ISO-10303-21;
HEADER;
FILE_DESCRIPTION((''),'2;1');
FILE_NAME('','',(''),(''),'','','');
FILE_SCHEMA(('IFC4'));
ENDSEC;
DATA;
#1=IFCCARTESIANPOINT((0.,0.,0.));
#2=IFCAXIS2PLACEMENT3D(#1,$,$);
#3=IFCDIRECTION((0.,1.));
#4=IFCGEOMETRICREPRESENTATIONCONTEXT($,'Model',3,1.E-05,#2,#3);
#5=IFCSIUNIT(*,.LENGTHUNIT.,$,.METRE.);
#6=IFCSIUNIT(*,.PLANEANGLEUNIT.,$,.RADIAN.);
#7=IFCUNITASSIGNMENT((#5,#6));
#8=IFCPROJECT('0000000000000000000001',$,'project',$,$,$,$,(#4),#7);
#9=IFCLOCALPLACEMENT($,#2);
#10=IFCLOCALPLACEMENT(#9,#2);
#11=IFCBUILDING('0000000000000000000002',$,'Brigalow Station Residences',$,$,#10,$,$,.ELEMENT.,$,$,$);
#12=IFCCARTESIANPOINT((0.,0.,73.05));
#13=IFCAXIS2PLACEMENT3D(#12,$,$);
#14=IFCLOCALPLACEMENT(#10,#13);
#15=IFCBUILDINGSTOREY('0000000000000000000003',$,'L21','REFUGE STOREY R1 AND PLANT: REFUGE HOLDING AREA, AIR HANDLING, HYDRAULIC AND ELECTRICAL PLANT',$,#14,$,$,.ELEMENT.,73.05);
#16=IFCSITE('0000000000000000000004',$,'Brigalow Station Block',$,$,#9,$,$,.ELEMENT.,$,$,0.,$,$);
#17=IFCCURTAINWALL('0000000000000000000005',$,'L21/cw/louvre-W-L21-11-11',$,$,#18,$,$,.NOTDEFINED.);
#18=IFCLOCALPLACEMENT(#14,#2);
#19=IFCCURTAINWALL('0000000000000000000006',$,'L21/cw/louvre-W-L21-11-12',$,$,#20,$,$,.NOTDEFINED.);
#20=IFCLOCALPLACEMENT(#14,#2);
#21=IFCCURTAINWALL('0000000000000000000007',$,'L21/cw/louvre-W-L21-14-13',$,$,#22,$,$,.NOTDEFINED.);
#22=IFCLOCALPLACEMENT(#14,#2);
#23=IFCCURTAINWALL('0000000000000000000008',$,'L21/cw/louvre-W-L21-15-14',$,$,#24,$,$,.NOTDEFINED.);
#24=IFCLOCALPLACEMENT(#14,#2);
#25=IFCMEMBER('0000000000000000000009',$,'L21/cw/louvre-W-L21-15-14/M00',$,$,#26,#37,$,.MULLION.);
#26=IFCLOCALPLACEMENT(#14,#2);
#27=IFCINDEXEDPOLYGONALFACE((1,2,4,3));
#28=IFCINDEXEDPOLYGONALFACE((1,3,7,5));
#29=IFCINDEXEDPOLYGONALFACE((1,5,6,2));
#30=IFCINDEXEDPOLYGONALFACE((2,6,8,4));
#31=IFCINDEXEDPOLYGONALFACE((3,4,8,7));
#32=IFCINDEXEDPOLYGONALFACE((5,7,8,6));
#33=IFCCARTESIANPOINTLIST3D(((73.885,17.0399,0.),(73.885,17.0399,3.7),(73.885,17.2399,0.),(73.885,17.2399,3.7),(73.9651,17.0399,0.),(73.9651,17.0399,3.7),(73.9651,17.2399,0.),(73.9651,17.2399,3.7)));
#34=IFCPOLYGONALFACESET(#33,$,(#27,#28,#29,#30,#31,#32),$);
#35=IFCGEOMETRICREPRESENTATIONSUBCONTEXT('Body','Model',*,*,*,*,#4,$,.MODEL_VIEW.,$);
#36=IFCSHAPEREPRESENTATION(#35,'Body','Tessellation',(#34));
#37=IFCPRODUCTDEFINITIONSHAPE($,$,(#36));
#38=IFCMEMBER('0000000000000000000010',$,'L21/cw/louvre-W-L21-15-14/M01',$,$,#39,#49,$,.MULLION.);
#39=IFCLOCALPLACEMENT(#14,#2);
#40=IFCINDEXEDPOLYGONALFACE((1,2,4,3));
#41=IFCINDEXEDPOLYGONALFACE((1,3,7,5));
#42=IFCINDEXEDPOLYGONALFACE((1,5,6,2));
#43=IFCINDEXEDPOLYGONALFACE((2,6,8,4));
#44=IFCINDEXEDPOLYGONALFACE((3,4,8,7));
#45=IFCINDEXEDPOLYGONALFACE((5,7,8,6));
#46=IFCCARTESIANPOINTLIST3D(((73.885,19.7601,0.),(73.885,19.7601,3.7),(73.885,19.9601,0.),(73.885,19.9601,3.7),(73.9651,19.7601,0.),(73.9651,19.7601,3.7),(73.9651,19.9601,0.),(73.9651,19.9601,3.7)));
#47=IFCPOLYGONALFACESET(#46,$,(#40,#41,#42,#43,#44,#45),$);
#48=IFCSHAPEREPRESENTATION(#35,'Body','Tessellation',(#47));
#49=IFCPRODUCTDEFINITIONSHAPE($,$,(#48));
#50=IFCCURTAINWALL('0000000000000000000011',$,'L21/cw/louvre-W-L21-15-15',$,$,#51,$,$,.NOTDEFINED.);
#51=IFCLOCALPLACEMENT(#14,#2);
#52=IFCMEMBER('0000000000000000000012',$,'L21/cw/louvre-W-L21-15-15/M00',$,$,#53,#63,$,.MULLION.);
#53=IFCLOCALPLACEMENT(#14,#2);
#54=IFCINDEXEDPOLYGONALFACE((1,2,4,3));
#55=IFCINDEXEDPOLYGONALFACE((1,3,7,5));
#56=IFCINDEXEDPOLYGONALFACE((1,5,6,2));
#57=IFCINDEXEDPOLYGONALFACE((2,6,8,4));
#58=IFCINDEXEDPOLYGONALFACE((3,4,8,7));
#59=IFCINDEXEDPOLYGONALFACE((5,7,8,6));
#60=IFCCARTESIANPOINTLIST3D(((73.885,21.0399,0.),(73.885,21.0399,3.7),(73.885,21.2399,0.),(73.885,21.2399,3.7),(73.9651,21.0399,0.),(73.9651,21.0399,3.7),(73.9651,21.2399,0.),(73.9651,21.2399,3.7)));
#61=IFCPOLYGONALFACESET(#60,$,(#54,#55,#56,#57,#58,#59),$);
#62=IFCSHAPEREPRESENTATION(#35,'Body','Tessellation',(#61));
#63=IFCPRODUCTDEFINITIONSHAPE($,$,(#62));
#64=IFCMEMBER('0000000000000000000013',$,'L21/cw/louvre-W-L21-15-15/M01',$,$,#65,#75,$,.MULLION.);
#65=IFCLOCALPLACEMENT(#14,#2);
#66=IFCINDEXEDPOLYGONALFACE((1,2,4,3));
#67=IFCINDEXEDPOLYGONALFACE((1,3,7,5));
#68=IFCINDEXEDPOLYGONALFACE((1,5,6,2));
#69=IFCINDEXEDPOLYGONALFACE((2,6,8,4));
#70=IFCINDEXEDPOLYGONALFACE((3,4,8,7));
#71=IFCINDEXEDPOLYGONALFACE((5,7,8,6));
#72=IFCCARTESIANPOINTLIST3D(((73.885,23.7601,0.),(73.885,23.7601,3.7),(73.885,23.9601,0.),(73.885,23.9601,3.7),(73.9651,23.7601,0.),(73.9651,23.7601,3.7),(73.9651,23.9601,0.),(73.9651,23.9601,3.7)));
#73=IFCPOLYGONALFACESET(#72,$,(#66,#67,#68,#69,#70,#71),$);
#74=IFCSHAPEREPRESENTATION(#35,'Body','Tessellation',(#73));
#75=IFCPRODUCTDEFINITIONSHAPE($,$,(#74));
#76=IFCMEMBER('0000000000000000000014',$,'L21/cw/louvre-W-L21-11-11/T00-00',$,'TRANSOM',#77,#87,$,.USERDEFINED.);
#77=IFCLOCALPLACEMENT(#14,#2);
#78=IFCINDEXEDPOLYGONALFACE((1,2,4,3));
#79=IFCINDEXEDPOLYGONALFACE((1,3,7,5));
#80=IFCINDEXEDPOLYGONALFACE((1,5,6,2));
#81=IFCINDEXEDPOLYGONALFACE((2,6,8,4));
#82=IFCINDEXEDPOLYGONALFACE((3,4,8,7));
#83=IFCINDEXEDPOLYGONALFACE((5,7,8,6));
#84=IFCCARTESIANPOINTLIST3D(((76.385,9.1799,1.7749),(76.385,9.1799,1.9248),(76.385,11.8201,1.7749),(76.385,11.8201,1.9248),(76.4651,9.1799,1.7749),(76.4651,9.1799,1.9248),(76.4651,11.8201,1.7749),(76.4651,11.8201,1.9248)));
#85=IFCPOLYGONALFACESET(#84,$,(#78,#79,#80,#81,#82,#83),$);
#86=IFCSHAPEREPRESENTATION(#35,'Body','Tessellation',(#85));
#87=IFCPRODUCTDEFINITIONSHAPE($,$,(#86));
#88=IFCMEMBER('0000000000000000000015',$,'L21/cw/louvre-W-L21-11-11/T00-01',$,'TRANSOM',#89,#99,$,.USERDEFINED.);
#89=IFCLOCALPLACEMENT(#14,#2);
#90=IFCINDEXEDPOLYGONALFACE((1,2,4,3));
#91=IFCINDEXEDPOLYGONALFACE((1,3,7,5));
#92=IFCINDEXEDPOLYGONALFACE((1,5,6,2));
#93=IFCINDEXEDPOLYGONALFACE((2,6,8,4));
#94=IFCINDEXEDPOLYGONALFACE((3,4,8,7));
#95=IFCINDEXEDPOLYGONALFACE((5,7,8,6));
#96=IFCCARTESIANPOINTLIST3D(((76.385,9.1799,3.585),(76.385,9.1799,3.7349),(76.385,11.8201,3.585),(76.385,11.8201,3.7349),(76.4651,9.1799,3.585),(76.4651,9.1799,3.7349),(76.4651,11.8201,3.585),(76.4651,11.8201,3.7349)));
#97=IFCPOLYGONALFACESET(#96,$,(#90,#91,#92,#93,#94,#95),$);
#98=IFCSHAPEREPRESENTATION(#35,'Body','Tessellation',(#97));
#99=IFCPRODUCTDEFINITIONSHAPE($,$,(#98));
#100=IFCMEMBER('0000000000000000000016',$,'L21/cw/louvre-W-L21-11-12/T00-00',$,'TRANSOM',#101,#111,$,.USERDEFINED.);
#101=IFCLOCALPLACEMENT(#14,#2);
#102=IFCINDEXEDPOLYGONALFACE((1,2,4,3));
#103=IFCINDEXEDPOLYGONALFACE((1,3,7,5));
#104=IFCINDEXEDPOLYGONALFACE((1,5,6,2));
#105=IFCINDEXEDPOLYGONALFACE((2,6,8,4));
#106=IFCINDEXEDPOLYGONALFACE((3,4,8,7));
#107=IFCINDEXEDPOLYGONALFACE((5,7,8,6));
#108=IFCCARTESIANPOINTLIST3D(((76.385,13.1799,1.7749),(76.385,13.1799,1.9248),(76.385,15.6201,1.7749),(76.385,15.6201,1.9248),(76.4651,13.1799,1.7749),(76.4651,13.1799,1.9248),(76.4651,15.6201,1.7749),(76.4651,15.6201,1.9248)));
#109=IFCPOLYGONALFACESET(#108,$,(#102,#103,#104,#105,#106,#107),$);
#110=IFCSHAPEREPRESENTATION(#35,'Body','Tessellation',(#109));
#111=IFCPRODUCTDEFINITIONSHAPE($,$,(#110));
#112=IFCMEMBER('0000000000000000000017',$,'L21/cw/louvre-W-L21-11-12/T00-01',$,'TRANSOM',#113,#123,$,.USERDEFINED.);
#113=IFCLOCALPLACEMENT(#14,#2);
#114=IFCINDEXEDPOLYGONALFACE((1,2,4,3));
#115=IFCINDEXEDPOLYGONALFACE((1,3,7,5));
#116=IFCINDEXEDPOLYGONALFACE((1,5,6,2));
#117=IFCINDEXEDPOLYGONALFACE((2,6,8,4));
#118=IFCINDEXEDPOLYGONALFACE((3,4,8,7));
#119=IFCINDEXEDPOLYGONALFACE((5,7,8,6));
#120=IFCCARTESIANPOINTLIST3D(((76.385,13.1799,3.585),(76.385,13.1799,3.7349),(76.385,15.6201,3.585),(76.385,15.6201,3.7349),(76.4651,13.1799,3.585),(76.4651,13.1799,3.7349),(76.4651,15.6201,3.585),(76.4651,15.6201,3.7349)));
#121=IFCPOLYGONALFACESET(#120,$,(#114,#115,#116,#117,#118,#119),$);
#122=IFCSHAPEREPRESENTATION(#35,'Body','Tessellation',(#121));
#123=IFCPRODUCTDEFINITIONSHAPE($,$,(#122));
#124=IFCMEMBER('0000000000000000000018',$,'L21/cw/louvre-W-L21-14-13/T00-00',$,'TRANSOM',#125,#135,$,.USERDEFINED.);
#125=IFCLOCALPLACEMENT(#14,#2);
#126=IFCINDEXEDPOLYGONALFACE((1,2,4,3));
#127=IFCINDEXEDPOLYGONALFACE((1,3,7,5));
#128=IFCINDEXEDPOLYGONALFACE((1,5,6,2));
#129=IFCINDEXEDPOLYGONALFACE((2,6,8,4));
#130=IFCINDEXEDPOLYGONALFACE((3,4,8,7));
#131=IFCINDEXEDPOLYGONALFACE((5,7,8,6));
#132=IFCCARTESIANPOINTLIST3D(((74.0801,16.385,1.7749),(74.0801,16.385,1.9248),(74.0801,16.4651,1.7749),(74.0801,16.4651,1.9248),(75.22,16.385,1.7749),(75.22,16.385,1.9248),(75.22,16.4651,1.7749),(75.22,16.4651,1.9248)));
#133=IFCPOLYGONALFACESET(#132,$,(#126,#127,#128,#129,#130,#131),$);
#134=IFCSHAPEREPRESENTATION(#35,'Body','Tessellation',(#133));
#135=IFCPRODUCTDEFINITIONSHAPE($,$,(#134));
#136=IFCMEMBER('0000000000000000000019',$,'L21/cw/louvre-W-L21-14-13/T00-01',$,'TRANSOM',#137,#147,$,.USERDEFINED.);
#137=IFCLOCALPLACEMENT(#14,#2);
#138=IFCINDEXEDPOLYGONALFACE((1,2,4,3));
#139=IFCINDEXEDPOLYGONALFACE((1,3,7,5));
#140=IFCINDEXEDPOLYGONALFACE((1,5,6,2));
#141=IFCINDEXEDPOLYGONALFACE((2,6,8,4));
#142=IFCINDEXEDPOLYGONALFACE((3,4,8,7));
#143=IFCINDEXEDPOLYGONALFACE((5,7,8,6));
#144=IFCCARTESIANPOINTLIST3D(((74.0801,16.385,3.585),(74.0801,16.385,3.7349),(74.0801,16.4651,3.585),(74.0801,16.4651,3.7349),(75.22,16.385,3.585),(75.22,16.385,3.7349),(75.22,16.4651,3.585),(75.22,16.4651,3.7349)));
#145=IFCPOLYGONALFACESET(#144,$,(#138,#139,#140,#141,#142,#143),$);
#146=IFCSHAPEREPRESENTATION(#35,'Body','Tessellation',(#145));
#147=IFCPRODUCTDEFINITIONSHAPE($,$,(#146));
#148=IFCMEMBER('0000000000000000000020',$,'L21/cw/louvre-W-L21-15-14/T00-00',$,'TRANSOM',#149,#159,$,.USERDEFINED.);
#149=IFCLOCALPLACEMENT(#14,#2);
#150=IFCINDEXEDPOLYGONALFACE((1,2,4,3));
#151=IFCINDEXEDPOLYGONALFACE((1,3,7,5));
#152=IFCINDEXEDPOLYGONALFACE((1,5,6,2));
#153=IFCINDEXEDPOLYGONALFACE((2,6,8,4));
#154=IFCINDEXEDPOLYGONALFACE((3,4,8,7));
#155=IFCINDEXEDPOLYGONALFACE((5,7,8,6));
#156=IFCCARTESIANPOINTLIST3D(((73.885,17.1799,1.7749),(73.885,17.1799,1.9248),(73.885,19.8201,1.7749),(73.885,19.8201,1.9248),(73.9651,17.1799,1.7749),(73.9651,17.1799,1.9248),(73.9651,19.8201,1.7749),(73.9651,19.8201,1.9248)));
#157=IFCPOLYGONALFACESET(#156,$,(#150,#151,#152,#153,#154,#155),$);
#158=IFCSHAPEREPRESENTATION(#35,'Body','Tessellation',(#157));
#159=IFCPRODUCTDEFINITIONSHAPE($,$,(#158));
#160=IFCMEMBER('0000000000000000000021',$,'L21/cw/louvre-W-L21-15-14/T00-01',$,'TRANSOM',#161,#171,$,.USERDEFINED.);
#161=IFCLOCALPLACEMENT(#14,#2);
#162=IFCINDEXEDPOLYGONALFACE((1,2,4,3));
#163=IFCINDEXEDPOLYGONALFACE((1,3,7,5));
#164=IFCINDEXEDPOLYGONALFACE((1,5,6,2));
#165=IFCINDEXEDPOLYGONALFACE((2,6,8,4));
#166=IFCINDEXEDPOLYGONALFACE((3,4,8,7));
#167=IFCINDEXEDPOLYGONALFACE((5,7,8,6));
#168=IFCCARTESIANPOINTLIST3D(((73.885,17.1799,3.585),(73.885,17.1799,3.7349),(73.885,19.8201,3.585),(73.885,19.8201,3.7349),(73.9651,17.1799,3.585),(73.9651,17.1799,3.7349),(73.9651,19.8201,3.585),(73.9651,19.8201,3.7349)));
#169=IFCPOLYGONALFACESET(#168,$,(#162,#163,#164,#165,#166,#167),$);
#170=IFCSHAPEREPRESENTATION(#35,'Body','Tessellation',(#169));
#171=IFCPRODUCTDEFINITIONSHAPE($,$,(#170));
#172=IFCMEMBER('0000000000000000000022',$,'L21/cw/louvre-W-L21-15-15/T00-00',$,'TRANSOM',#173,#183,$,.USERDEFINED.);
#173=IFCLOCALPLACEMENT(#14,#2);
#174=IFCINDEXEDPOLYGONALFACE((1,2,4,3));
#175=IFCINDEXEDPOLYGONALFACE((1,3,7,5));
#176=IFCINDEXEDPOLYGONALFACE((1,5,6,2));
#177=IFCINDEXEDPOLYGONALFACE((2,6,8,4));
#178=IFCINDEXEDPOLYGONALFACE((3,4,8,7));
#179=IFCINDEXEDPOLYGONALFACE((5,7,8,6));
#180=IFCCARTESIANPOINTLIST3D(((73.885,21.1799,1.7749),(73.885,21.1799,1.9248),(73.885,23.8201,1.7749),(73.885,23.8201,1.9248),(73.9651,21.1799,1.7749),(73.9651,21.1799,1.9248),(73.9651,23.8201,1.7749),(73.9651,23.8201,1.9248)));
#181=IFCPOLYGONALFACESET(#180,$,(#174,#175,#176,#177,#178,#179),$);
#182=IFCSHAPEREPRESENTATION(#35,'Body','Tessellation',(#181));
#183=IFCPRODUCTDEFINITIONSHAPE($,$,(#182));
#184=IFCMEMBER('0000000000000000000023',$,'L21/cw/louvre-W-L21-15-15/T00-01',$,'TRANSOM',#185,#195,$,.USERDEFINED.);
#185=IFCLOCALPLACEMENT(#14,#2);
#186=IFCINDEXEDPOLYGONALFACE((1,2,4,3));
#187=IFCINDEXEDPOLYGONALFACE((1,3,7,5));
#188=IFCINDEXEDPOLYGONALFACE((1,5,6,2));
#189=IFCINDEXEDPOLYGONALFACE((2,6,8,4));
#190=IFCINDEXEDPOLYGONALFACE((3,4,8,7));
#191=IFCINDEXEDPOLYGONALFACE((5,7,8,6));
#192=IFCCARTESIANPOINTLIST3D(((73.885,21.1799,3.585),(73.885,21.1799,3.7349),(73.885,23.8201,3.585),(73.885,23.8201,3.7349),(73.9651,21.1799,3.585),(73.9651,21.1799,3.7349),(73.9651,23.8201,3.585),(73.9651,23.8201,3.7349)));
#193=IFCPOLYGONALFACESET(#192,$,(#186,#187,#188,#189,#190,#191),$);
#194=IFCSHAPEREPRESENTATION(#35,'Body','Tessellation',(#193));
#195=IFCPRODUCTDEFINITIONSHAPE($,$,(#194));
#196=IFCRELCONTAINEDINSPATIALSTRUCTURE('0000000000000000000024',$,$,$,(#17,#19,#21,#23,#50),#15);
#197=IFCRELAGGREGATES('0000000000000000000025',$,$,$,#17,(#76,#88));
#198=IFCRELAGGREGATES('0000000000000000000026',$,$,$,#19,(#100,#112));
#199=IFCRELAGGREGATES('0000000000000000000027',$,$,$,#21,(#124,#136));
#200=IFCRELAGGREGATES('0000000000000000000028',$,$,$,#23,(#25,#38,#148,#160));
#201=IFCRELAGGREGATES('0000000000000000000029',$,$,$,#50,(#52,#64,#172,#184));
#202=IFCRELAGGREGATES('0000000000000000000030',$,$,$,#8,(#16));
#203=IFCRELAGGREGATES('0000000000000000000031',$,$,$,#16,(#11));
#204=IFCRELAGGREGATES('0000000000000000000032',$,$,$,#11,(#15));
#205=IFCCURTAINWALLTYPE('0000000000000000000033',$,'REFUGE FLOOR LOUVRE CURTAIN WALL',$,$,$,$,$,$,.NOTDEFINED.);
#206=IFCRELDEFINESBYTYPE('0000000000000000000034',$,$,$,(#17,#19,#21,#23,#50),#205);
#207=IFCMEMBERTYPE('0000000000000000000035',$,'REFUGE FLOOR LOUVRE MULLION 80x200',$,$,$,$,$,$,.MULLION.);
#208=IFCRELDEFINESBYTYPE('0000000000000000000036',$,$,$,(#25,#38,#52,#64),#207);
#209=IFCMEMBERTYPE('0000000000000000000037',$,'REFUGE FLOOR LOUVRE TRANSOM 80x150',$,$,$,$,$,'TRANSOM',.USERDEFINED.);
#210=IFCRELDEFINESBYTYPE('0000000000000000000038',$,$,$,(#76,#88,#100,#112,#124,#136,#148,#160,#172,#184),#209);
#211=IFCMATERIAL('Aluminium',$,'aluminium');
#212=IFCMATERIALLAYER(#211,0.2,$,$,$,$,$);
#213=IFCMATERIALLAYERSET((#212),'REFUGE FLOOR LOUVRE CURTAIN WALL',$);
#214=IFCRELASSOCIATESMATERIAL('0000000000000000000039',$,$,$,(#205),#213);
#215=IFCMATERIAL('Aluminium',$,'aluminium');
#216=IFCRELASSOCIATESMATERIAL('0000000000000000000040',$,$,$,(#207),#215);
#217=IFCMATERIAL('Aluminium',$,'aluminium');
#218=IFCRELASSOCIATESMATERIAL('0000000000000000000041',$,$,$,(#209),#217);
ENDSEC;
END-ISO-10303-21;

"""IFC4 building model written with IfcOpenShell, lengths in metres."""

from ifc_helpers import new_model, si_unit, direction, frame, origin, origin_2d, place, context, subcontext, project, spatial, rectangle, extrude, material, layer, layer_set, material_profile, profile_set, type_object, element, aggregate, save


model = new_model("IFC4")

# Units and contexts
model_context = context("Model", 3, precision=1e-05, world=origin(), true_north=direction((0.0, 1.0)))
body_context = subcontext(model_context, "Body", "Model", "MODEL_VIEW")
ifc_project = project(units=[si_unit("LENGTHUNIT", "METRE"), si_unit("PLANEANGLEUNIT", "RADIAN")], contexts=[model_context])

# Site, building, storey
site_placement = place(None, origin())
site = spatial("IfcSite", under=ifc_project, at=site_placement, Name="Brigalow Station Block", CompositionType="ELEMENT", RefElevation=0.0)
building_placement = place(site_placement, origin())
building = spatial("IfcBuilding", under=site, at=building_placement, Name="Brigalow Station Residences", CompositionType="ELEMENT")
storey_placement = place(building_placement, frame((0.0, 0.0, 73.05)))
storey = spatial("IfcBuildingStorey", under=building, at=storey_placement, Name="L21", Description="REFUGE STOREY R1 AND PLANT: REFUGE HOLDING AREA, AIR HANDLING, HYDRAULIC AND ELECTRICAL PLANT", CompositionType="ELEMENT", Elevation=73.05)

# Curtain walls, members
ifc_material_1 = material(Name="Aluminium", Category="aluminium")
ifc_layer_1 = layer(ifc_material_1, 0.2)
ifc_layer_set_1 = layer_set([ifc_layer_1], Name="REFUGE FLOOR LOUVRE CURTAIN WALL")
curtain_wall_type = type_object("IfcCurtainWallType", Name="REFUGE FLOOR LOUVRE CURTAIN WALL", PredefinedType="NOTDEFINED", material=ifc_layer_set_1)
curtain_wall_1_placement = place(storey_placement, origin())
curtain_wall_1 = element("IfcCurtainWall", 1, at=curtain_wall_1_placement, inside=storey, type_object=curtain_wall_type, Name="L21/cw/louvre-W-L21-11-11", PredefinedType="NOTDEFINED")
ifc_material_2 = material(Name="Aluminium", Category="aluminium")
ifc_material_profile_1 = material_profile(ifc_material_2, rectangle(XDim=0.0801, YDim=0.2, at=origin_2d()), Name="REFUGE FLOOR LOUVRE MULLION 80x200")
ifc_profile_set_1 = profile_set([ifc_material_profile_1], Name="Aluminium")
member_type_1 = type_object("IfcMemberType", Name="REFUGE FLOOR LOUVRE MULLION 80x200", PredefinedType="MULLION", material=ifc_profile_set_1)
curtain_wall_2_placement = place(storey_placement, origin())
curtain_wall_2 = element("IfcCurtainWall", 2, at=curtain_wall_2_placement, inside=storey, type_object=curtain_wall_type, Name="L21/cw/louvre-W-L21-11-12", PredefinedType="NOTDEFINED")
curtain_wall_3_placement = place(storey_placement, origin())
curtain_wall_3 = element("IfcCurtainWall", 3, at=curtain_wall_3_placement, inside=storey, type_object=curtain_wall_type, Name="L21/cw/louvre-W-L21-14-13", PredefinedType="NOTDEFINED")
curtain_wall_4_placement = place(storey_placement, origin())
curtain_wall_4 = element("IfcCurtainWall", 4, at=curtain_wall_4_placement, inside=storey, type_object=curtain_wall_type, Name="L21/cw/louvre-W-L21-15-14", PredefinedType="NOTDEFINED")
member_1_placement = place(storey_placement, frame((73.925, 17.1399, 0.0), z_axis=(0.0, 0.0, 1.0), x_axis=(-1.0, 0.0, 0.0)))
member_1 = element("IfcMember", 5, at=member_1_placement, type_object=member_type_1, Name="L21/cw/louvre-W-L21-15-14/M00", PredefinedType="MULLION", context=body_context, shape_type="SweptSolid", body=[
    extrude(rectangle(XDim=0.0801, YDim=0.2, at=origin_2d()), origin(), (0.0, 0.0, 1.0), 3.7),
])
member_2_placement = place(storey_placement, frame((73.925, 19.8601, 0.0), z_axis=(0.0, 0.0, 1.0), x_axis=(-1.0, 0.0, 0.0)))
member_2 = element("IfcMember", 6, at=member_2_placement, type_object=member_type_1, Name="L21/cw/louvre-W-L21-15-14/M01", PredefinedType="MULLION", context=body_context, shape_type="SweptSolid", body=[
    extrude(rectangle(XDim=0.0801, YDim=0.2, at=origin_2d()), origin(), (0.0, 0.0, 1.0), 3.7),
])
curtain_wall_5_placement = place(storey_placement, origin())
curtain_wall_5 = element("IfcCurtainWall", 7, at=curtain_wall_5_placement, inside=storey, type_object=curtain_wall_type, Name="L21/cw/louvre-W-L21-15-15", PredefinedType="NOTDEFINED")
member_3_placement = place(storey_placement, frame((73.925, 21.1399, 0.0), z_axis=(0.0, 0.0, 1.0), x_axis=(-1.0, 0.0, 0.0)))
member_3 = element("IfcMember", 8, at=member_3_placement, type_object=member_type_1, Name="L21/cw/louvre-W-L21-15-15/M00", PredefinedType="MULLION", context=body_context, shape_type="SweptSolid", body=[
    extrude(rectangle(XDim=0.0801, YDim=0.2, at=origin_2d()), origin(), (0.0, 0.0, 1.0), 3.7),
])
member_4_placement = place(storey_placement, frame((73.925, 23.8601, 0.0), z_axis=(0.0, 0.0, 1.0), x_axis=(-1.0, 0.0, 0.0)))
member_4 = element("IfcMember", 9, at=member_4_placement, type_object=member_type_1, Name="L21/cw/louvre-W-L21-15-15/M01", PredefinedType="MULLION", context=body_context, shape_type="SweptSolid", body=[
    extrude(rectangle(XDim=0.0801, YDim=0.2, at=origin_2d()), origin(), (0.0, 0.0, 1.0), 3.7),
])

# Members
ifc_material_3 = material(Name="Aluminium", Category="aluminium")
ifc_material_profile_2 = material_profile(ifc_material_3, rectangle(XDim=0.0801, YDim=0.1499, at=origin_2d()), Name="REFUGE FLOOR LOUVRE TRANSOM 80x150")
ifc_profile_set_2 = profile_set([ifc_material_profile_2], Name="Aluminium")
member_type_2 = type_object("IfcMemberType", Name="REFUGE FLOOR LOUVRE TRANSOM 80x150", ElementType="TRANSOM", PredefinedType="USERDEFINED", material=ifc_profile_set_2)
member_5_placement = place(storey_placement, frame((76.425, 9.1799, 1.8499), z_axis=(0.0, 1.0, 0.0), x_axis=(-1.0, 0.0, 0.0)))
member_5 = element("IfcMember", 10, at=member_5_placement, type_object=member_type_2, Name="L21/cw/louvre-W-L21-11-11/T00-00", ObjectType="TRANSOM", PredefinedType="USERDEFINED", context=body_context, shape_type="SweptSolid", body=[
    extrude(rectangle(XDim=0.0801, YDim=0.1499, at=origin_2d()), origin(), (0.0, 0.0, 1.0), 2.6401),
])
member_6_placement = place(storey_placement, frame((76.425, 9.1799, 3.6599), z_axis=(0.0, 1.0, 0.0), x_axis=(-1.0, 0.0, 0.0)))
member_6 = element("IfcMember", 11, at=member_6_placement, type_object=member_type_2, Name="L21/cw/louvre-W-L21-11-11/T00-01", ObjectType="TRANSOM", PredefinedType="USERDEFINED", context=body_context, shape_type="SweptSolid", body=[
    extrude(rectangle(XDim=0.0801, YDim=0.1499, at=origin_2d()), origin(), (0.0, 0.0, 1.0), 2.6401),
])
member_7_placement = place(storey_placement, frame((76.425, 13.1799, 1.8499), z_axis=(0.0, 1.0, 0.0), x_axis=(-1.0, 0.0, 0.0)))
member_7 = element("IfcMember", 12, at=member_7_placement, type_object=member_type_2, Name="L21/cw/louvre-W-L21-11-12/T00-00", ObjectType="TRANSOM", PredefinedType="USERDEFINED", context=body_context, shape_type="SweptSolid", body=[
    extrude(rectangle(XDim=0.0801, YDim=0.1499, at=origin_2d()), origin(), (0.0, 0.0, 1.0), 2.4402),
])
member_8_placement = place(storey_placement, frame((76.425, 13.1799, 3.6599), z_axis=(0.0, 1.0, 0.0), x_axis=(-1.0, 0.0, 0.0)))
member_8 = element("IfcMember", 13, at=member_8_placement, type_object=member_type_2, Name="L21/cw/louvre-W-L21-11-12/T00-01", ObjectType="TRANSOM", PredefinedType="USERDEFINED", context=body_context, shape_type="SweptSolid", body=[
    extrude(rectangle(XDim=0.0801, YDim=0.1499, at=origin_2d()), origin(), (0.0, 0.0, 1.0), 2.4402),
])
member_9_placement = place(storey_placement, frame((75.22, 16.425, 1.8499), z_axis=(-1.0, 0.0, 0.0), x_axis=(0.0, -1.0, 0.0)))
member_9 = element("IfcMember", 14, at=member_9_placement, type_object=member_type_2, Name="L21/cw/louvre-W-L21-14-13/T00-00", ObjectType="TRANSOM", PredefinedType="USERDEFINED", context=body_context, shape_type="SweptSolid", body=[
    extrude(rectangle(XDim=0.0801, YDim=0.1499, at=origin_2d()), origin(), (0.0, 0.0, 1.0), 1.1399),
])
member_10_placement = place(storey_placement, frame((75.22, 16.425, 3.6599), z_axis=(-1.0, 0.0, 0.0), x_axis=(0.0, -1.0, 0.0)))
member_10 = element("IfcMember", 15, at=member_10_placement, type_object=member_type_2, Name="L21/cw/louvre-W-L21-14-13/T00-01", ObjectType="TRANSOM", PredefinedType="USERDEFINED", context=body_context, shape_type="SweptSolid", body=[
    extrude(rectangle(XDim=0.0801, YDim=0.1499, at=origin_2d()), origin(), (0.0, 0.0, 1.0), 1.1399),
])
member_11_placement = place(storey_placement, frame((73.925, 17.1799, 1.8499), z_axis=(0.0, 1.0, 0.0), x_axis=(-1.0, 0.0, 0.0)))
member_11 = element("IfcMember", 16, at=member_11_placement, type_object=member_type_2, Name="L21/cw/louvre-W-L21-15-14/T00-00", ObjectType="TRANSOM", PredefinedType="USERDEFINED", context=body_context, shape_type="SweptSolid", body=[
    extrude(rectangle(XDim=0.0801, YDim=0.1499, at=origin_2d()), origin(), (0.0, 0.0, 1.0), 2.6401),
])
member_12_placement = place(storey_placement, frame((73.925, 17.1799, 3.6599), z_axis=(0.0, 1.0, 0.0), x_axis=(-1.0, 0.0, 0.0)))
member_12 = element("IfcMember", 17, at=member_12_placement, type_object=member_type_2, Name="L21/cw/louvre-W-L21-15-14/T00-01", ObjectType="TRANSOM", PredefinedType="USERDEFINED", context=body_context, shape_type="SweptSolid", body=[
    extrude(rectangle(XDim=0.0801, YDim=0.1499, at=origin_2d()), origin(), (0.0, 0.0, 1.0), 2.6401),
])
member_13_placement = place(storey_placement, frame((73.925, 21.1799, 1.8499), z_axis=(0.0, 1.0, 0.0), x_axis=(-1.0, 0.0, 0.0)))
member_13 = element("IfcMember", 18, at=member_13_placement, type_object=member_type_2, Name="L21/cw/louvre-W-L21-15-15/T00-00", ObjectType="TRANSOM", PredefinedType="USERDEFINED", context=body_context, shape_type="SweptSolid", body=[
    extrude(rectangle(XDim=0.0801, YDim=0.1499, at=origin_2d()), origin(), (0.0, 0.0, 1.0), 2.6401),
])
member_14_placement = place(storey_placement, frame((73.925, 21.1799, 3.6599), z_axis=(0.0, 1.0, 0.0), x_axis=(-1.0, 0.0, 0.0)))
member_14 = element("IfcMember", 19, at=member_14_placement, type_object=member_type_2, Name="L21/cw/louvre-W-L21-15-15/T00-01", ObjectType="TRANSOM", PredefinedType="USERDEFINED", context=body_context, shape_type="SweptSolid", body=[
    extrude(rectangle(XDim=0.0801, YDim=0.1499, at=origin_2d()), origin(), (0.0, 0.0, 1.0), 2.6401),
])

aggregate(curtain_wall_1, [member_5, member_6])
aggregate(curtain_wall_2, [member_7, member_8])
aggregate(curtain_wall_3, [member_9, member_10])
aggregate(curtain_wall_4, [member_1, member_2, member_11, member_12])
aggregate(curtain_wall_5, [member_3, member_4, member_13, member_14])

save(model, "model.ifc")
